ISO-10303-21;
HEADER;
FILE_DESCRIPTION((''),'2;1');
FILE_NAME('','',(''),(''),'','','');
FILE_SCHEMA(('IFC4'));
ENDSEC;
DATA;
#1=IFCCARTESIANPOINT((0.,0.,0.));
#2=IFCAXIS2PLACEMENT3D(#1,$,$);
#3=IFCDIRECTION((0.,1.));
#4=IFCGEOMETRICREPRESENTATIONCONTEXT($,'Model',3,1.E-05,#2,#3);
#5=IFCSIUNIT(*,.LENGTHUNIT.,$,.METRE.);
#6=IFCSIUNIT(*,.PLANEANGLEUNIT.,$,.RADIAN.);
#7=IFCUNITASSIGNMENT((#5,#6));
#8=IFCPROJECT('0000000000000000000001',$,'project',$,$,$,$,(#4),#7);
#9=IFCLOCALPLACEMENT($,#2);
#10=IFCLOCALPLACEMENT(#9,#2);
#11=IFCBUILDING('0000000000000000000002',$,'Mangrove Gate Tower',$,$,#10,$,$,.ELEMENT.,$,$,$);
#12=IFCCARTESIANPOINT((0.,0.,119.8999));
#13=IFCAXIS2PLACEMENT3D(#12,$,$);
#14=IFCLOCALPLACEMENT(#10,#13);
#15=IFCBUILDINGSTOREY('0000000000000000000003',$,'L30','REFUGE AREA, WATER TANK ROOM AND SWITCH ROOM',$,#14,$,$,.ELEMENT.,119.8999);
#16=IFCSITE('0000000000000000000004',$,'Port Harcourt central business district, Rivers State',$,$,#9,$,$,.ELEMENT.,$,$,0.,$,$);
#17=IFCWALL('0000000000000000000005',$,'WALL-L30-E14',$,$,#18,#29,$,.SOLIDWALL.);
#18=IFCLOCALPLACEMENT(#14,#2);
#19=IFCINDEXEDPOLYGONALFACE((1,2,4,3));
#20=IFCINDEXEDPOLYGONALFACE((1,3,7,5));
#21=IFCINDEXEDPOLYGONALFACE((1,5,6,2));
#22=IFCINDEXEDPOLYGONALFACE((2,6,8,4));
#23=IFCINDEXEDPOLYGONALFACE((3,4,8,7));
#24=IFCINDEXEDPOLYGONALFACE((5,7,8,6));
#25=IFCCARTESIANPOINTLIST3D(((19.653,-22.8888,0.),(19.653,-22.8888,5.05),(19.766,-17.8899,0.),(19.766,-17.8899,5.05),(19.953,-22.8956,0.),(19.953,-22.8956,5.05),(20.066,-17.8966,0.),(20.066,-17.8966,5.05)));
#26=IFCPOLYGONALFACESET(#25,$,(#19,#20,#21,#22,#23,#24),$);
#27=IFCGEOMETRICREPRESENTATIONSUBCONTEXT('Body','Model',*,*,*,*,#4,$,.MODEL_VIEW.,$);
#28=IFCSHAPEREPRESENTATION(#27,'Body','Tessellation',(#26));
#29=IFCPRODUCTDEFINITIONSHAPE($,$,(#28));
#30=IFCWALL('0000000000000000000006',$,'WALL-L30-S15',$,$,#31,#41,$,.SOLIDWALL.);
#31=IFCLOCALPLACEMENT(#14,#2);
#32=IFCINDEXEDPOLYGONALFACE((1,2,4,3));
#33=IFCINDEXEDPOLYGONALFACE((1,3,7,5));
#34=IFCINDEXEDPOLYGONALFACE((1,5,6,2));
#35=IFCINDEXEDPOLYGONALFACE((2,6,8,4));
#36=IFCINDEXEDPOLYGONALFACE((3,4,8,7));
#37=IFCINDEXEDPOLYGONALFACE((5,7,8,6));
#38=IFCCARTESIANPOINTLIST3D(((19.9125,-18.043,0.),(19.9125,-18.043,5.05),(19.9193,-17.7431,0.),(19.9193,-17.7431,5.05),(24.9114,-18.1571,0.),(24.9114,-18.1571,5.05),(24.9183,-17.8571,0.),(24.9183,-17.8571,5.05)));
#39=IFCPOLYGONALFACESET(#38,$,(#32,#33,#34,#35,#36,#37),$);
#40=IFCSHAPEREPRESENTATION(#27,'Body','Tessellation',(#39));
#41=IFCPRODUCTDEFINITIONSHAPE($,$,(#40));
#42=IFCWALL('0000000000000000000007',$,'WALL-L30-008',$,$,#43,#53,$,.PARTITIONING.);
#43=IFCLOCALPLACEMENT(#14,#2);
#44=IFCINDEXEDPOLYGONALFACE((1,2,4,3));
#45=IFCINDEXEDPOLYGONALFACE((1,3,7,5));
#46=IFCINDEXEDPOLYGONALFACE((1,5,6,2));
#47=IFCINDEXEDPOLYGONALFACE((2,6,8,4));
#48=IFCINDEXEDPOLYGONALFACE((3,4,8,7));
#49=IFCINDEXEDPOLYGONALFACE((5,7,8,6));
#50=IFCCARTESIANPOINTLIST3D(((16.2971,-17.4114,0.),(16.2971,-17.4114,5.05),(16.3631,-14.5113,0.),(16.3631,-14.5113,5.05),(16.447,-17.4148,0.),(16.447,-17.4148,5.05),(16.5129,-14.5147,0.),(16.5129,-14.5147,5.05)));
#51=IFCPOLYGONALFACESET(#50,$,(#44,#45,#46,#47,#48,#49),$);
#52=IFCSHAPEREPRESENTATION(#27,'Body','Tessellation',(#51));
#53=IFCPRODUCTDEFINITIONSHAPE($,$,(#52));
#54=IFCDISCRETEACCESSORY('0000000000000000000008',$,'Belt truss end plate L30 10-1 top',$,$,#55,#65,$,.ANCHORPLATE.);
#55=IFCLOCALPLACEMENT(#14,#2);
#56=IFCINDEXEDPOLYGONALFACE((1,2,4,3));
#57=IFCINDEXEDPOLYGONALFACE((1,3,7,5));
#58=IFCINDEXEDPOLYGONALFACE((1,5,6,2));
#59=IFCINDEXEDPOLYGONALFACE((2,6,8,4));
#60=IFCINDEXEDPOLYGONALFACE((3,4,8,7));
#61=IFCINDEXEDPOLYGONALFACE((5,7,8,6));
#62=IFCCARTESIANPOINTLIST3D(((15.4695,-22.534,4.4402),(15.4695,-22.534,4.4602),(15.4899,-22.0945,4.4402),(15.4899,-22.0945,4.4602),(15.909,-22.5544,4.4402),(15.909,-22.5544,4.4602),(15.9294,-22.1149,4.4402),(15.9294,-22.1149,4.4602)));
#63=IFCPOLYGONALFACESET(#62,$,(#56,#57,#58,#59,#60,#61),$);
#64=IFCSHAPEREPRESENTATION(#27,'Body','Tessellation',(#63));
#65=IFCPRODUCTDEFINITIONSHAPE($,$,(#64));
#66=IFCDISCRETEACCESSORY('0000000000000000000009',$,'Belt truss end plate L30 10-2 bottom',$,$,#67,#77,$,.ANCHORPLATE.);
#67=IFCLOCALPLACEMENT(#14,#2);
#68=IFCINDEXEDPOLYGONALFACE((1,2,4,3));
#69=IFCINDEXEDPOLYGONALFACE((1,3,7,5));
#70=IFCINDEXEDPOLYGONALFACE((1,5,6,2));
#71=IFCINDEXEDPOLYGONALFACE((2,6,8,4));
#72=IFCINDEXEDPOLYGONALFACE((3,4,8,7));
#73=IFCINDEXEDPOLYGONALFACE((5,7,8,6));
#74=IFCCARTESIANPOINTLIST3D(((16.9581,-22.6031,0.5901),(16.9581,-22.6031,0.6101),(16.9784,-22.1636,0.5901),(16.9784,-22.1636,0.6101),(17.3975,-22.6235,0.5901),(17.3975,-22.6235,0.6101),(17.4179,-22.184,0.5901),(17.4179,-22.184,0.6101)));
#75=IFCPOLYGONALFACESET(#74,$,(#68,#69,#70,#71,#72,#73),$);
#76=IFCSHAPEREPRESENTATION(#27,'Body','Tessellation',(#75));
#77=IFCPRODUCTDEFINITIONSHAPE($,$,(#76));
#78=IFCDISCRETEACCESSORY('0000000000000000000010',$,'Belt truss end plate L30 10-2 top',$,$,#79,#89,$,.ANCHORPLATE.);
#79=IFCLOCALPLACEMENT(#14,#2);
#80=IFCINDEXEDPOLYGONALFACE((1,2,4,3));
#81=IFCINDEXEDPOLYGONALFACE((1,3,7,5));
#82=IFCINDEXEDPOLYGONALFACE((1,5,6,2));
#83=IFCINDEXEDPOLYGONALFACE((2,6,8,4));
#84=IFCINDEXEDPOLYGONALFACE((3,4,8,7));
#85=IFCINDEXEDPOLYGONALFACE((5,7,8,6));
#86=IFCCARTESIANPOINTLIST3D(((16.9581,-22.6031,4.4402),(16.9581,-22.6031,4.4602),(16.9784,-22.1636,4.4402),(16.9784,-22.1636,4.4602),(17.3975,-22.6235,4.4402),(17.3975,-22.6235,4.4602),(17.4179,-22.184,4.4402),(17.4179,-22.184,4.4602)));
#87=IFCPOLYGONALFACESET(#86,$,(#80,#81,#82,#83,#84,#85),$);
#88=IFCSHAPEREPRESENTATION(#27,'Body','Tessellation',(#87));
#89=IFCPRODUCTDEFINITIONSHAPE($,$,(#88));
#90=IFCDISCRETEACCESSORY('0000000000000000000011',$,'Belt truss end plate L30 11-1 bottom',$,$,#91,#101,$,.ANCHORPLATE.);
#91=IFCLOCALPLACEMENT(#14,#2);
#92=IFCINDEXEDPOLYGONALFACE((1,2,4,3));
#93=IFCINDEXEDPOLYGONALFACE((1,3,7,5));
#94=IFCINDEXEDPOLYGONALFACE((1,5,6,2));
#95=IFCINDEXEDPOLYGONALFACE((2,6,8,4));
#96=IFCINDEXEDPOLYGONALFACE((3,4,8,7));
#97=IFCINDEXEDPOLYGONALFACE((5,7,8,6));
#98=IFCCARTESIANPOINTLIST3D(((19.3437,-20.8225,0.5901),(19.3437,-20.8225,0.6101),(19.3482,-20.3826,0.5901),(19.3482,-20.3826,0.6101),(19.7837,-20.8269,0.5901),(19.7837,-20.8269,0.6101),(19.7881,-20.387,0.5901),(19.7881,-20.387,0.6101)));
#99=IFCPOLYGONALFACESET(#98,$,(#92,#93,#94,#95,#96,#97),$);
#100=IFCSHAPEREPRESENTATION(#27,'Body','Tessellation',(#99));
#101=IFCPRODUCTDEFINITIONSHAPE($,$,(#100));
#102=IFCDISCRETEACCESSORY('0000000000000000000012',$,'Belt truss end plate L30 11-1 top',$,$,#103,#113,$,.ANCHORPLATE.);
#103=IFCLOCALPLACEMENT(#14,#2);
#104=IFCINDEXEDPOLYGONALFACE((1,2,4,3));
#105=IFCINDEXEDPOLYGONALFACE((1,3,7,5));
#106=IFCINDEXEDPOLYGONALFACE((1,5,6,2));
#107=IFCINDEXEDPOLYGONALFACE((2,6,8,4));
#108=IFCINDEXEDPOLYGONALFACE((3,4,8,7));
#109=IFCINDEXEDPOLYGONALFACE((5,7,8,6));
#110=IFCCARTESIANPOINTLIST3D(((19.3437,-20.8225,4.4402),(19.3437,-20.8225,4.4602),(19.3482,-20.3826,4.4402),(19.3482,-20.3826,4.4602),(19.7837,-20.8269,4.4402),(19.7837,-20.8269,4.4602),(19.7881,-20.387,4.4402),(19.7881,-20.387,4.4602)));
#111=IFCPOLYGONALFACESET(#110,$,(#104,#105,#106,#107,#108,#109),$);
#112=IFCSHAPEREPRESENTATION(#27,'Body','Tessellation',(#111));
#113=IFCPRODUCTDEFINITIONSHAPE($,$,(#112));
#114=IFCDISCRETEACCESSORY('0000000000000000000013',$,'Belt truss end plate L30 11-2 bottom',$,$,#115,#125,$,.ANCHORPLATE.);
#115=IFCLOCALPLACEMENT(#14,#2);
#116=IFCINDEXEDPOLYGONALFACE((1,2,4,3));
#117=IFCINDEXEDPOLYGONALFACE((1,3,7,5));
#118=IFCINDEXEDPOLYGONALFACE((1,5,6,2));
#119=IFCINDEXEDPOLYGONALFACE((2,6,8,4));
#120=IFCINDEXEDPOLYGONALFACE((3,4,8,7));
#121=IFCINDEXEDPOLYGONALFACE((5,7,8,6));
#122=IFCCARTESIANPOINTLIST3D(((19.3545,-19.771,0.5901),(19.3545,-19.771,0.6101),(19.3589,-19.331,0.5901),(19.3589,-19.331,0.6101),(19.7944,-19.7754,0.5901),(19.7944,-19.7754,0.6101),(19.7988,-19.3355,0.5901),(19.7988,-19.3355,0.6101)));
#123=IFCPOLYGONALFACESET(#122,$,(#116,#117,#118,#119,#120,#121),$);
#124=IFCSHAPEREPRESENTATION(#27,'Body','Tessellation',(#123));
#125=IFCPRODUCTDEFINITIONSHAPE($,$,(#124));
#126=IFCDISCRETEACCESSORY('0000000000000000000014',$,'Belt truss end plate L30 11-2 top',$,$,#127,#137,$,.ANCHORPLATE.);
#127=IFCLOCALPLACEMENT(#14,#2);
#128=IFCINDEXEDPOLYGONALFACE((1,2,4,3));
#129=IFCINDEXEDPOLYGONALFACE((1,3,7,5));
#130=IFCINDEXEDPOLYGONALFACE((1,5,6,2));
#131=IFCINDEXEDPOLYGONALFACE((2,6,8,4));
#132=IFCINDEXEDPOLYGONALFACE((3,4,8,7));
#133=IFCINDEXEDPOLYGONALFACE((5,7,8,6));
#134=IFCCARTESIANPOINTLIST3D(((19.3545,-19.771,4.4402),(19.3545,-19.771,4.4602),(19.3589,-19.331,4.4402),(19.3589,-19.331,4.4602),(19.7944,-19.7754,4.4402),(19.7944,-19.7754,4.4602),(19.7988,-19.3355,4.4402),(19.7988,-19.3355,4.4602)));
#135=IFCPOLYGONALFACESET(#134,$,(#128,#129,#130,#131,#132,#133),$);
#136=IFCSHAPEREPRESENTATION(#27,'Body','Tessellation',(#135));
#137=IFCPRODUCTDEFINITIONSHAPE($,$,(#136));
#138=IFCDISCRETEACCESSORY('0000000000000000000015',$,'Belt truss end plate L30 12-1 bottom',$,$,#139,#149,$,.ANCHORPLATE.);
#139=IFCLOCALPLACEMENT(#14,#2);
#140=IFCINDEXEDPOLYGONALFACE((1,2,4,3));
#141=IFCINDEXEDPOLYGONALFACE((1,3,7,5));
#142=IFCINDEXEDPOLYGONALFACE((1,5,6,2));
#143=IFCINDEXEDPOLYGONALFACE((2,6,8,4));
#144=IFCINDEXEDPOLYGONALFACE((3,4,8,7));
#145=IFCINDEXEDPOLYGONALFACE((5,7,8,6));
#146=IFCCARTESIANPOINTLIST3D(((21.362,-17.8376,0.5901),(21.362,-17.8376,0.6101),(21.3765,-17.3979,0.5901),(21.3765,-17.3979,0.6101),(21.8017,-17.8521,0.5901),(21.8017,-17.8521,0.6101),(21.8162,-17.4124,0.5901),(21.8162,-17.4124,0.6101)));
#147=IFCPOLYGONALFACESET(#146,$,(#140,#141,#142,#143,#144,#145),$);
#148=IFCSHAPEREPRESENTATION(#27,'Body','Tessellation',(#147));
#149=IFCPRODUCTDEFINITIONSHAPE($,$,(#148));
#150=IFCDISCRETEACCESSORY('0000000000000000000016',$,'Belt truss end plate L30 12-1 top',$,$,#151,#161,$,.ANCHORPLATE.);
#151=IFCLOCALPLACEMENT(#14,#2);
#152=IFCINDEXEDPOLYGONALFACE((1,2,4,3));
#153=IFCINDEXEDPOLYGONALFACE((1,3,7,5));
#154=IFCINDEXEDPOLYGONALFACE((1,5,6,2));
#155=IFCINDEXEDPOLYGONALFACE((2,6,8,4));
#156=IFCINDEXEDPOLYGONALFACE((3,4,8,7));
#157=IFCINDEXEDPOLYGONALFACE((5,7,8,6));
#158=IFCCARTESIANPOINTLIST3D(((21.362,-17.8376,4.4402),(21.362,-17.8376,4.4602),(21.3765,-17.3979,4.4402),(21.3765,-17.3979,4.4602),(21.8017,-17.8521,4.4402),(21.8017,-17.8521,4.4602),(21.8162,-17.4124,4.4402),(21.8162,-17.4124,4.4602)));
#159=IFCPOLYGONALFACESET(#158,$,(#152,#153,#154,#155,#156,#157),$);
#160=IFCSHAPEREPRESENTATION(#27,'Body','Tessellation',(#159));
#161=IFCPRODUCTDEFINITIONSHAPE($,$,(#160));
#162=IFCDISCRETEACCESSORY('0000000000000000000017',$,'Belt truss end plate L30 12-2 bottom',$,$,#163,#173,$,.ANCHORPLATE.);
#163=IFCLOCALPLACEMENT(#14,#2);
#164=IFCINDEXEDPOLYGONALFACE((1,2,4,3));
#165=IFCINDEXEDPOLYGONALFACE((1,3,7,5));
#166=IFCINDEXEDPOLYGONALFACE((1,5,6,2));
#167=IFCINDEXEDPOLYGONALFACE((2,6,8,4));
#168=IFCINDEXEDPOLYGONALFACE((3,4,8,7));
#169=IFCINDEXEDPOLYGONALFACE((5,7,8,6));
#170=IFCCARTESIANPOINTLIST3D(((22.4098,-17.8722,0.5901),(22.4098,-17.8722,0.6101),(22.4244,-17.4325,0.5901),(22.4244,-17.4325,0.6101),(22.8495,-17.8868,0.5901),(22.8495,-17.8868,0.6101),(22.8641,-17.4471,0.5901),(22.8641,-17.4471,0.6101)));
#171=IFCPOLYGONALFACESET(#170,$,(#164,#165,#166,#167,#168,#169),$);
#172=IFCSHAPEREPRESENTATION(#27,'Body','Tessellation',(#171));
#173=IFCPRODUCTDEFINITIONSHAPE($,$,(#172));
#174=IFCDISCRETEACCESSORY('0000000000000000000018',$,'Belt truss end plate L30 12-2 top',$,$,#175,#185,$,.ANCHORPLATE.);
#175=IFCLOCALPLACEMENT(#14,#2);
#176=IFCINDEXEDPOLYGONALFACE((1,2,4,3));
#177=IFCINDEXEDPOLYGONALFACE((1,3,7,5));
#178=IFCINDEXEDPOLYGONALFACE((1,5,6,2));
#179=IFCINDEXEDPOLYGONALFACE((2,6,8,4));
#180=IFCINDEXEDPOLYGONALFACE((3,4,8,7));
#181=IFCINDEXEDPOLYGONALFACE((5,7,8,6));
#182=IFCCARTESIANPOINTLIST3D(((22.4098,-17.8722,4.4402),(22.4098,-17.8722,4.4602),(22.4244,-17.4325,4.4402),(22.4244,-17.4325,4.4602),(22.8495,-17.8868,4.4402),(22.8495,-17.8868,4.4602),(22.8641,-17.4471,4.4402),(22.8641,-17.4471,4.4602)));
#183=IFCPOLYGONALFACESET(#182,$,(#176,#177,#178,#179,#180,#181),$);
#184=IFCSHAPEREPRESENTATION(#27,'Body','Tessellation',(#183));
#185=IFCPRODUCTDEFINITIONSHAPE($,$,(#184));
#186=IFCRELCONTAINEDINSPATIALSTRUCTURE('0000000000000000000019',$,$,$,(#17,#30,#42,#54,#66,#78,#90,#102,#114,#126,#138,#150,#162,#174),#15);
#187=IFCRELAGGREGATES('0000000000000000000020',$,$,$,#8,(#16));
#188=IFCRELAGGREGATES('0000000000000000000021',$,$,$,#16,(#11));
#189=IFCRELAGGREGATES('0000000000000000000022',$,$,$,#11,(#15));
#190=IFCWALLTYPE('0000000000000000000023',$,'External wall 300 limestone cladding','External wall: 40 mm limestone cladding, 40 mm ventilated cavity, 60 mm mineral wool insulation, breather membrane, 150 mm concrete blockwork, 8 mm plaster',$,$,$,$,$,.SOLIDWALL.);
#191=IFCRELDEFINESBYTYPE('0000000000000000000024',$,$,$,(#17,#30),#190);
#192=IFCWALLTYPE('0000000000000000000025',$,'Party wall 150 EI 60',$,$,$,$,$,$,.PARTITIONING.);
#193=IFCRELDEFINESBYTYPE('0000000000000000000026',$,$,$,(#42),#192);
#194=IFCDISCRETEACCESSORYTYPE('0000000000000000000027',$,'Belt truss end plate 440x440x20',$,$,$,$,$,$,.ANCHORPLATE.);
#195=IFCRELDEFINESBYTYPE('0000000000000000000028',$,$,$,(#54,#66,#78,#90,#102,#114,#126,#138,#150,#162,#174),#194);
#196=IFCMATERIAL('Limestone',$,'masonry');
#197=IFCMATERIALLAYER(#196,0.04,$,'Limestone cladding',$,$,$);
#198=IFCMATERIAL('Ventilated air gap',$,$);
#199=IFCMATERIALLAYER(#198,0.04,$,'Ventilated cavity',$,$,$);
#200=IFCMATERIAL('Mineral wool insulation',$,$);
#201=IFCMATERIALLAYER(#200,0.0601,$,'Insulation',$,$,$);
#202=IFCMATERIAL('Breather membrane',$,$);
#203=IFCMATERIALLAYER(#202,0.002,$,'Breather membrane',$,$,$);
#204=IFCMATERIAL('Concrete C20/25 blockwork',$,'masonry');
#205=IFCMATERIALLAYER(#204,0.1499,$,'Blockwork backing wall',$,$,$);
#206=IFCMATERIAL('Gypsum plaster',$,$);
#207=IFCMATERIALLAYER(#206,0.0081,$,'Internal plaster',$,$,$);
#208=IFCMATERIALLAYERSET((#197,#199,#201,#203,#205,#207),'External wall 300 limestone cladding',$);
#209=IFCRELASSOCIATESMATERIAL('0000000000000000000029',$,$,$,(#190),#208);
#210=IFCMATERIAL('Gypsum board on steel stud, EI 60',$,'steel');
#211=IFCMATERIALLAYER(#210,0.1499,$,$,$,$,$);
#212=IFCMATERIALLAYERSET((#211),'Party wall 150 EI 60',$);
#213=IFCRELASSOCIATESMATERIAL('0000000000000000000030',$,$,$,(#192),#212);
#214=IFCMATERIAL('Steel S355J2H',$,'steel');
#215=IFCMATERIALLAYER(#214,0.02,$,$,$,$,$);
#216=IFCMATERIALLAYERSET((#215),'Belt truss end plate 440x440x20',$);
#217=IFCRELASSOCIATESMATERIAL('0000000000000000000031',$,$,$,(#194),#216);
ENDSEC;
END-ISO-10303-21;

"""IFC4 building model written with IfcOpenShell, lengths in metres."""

from ifc_helpers import new_model, si_unit, direction, frame, frame_2d, origin, origin_2d, place, context, subcontext, project, spatial, rectangle, extrude, material, layer, layer_set, type_object, element, save


model = new_model("IFC4")

# Units and contexts
model_context = context("Model", 3, precision=1e-05, world=origin(), true_north=direction((0.0, 1.0)))
body_context = subcontext(model_context, "Body", "Model", "MODEL_VIEW")
ifc_project = project(units=[si_unit("LENGTHUNIT", "METRE"), si_unit("PLANEANGLEUNIT", "RADIAN")], contexts=[model_context])

# Site, building, storey
site_placement = place(None, origin())
site = spatial("IfcSite", under=ifc_project, at=site_placement, Name="Port Harcourt central business district, Rivers State", CompositionType="ELEMENT", RefElevation=0.0)
building_placement = place(site_placement, origin())
building = spatial("IfcBuilding", under=site, at=building_placement, Name="Mangrove Gate Tower", CompositionType="ELEMENT")
storey_placement = place(building_placement, frame((0.0, 0.0, 119.8999)))
storey = spatial("IfcBuildingStorey", under=building, at=storey_placement, Name="L30", Description="REFUGE AREA, WATER TANK ROOM AND SWITCH ROOM", CompositionType="ELEMENT", Elevation=119.8999)

# Walls
ifc_material_1 = material(Name="Limestone", Category="masonry")
ifc_layer_1 = layer(ifc_material_1, 0.04, Name="Limestone cladding")
ifc_material_2 = material(Name="Ventilated air gap")
ifc_layer_2 = layer(ifc_material_2, 0.04, Name="Ventilated cavity")
ifc_material_3 = material(Name="Mineral wool insulation")
ifc_layer_3 = layer(ifc_material_3, 0.0601, Name="Insulation")
ifc_material_4 = material(Name="Breather membrane")
ifc_layer_4 = layer(ifc_material_4, 0.002, Name="Breather membrane")
ifc_material_5 = material(Name="Concrete C20/25 blockwork", Category="masonry")
ifc_layer_5 = layer(ifc_material_5, 0.1499, Name="Blockwork backing wall")
ifc_material_6 = material(Name="Gypsum plaster")
ifc_layer_6 = layer(ifc_material_6, 0.0081, Name="Internal plaster")
ifc_layer_set_1 = layer_set([ifc_layer_1, ifc_layer_2, ifc_layer_3, ifc_layer_4, ifc_layer_5, ifc_layer_6], Name="External wall 300 limestone cladding")
wall_type_1 = type_object("IfcWallType", Name="External wall 300 limestone cladding", Description="External wall: 40 mm limestone cladding, 40 mm ventilated cavity, 60 mm mineral wool insulation, breather membrane, 150 mm concrete blockwork, 8 mm plaster", PredefinedType="SOLIDWALL", material=ifc_layer_set_1)
for number, where, z_axis, x_axis, name in (
    (1, (19.803, -22.8921, 0.0), (0.0, 0.0, 1.0), (0.022606, 0.999744, 0.0), "WALL-L30-E14"),
    (2, (19.916, -17.8931, 0.0), (0.0, 0.0, 1.0), (0.99974, -0.022801, 0.0), "WALL-L30-S15"),
):
    element("IfcWall", number, at=place(storey_placement, frame(where, z_axis=z_axis, x_axis=x_axis)), inside=storey, type_object=wall_type_1, Name=name, PredefinedType="SOLIDWALL", context=body_context, shape_type="SweptSolid", body=[
        extrude(rectangle(XDim=5.0002, YDim=0.3, at=frame_2d((2.5, 0.0))), origin(), (0.0, 0.0, 1.0), 5.05),
    ])
ifc_material_7 = material(Name="Gypsum board on steel stud, EI 60", Category="steel")
ifc_layer_7 = layer(ifc_material_7, 0.1499)
ifc_layer_set_2 = layer_set([ifc_layer_7], Name="Party wall 150 EI 60")
wall_type_2 = type_object("IfcWallType", Name="Party wall 150 EI 60", PredefinedType="PARTITIONING", material=ifc_layer_set_2)
wall_1_placement = place(storey_placement, frame((16.3721, -17.4131, 0.0), z_axis=(0.0, 0.0, 1.0), x_axis=(0.022723, 0.999742, 0.0)))
element("IfcWall", 3, at=wall_1_placement, inside=storey, type_object=wall_type_2, Name="WALL-L30-008", PredefinedType="PARTITIONING", context=body_context, shape_type="SweptSolid", body=[
    extrude(rectangle(XDim=2.9009, YDim=0.1499, at=frame_2d((1.4504, 0.0))), origin(), (0.0, 0.0, 1.0), 5.05),
])

# Discrete accessories
ifc_material_8 = material(Name="Steel S355J2H", Category="steel")
ifc_layer_8 = layer(ifc_material_8, 0.02)
ifc_layer_set_3 = layer_set([ifc_layer_8], Name="Belt truss end plate 440x440x20")
discrete_accessory_type = type_object("IfcDiscreteAccessoryType", Name="Belt truss end plate 440x440x20", PredefinedType="ANCHORPLATE", material=ifc_layer_set_3)
for number, where, z_axis, x_axis, name in (
    (4, (15.6995, -22.3245, 4.4402), (0.0, 0.0, 1.0), (0.998927, -0.046313, 0.0), "Belt truss end plate L30 10-1 top"),
    (5, (17.188, -22.3936, 0.5901), (0.0, 0.0, 1.0), (0.998927, -0.046313, 0.0), "Belt truss end plate L30 10-2 bottom"),
    (6, (17.188, -22.3936, 4.4402), (0.0, 0.0, 1.0), (0.998927, -0.046313, 0.0), "Belt truss end plate L30 10-2 top"),
    (7, (19.5659, -20.6047, 0.5901), (0.0, 0.0, 1.0), (0.010066, 0.999949, 0.0), "Belt truss end plate L30 11-1 bottom"),
    (8, (19.5659, -20.6047, 4.4402), (0.0, 0.0, 1.0), (0.010066, 0.999949, 0.0), "Belt truss end plate L30 11-1 top"),
    (9, (19.5767, -19.5532, 0.5901), (0.0, 0.0, 1.0), (0.010066, 0.999949, 0.0), "Belt truss end plate L30 11-2 bottom"),
    (10, (19.5767, -19.5532, 4.4402), (0.0, 0.0, 1.0), (0.010066, 0.999949, 0.0), "Belt truss end plate L30 11-2 top"),
    (11, (21.5891, -17.625, 0.5901), (0.0, 0.0, 1.0), (0.999452, -0.033111, 0.0), "Belt truss end plate L30 12-1 bottom"),
    (12, (21.5891, -17.625, 4.4402), (0.0, 0.0, 1.0), (0.999452, -0.033111, 0.0), "Belt truss end plate L30 12-1 top"),
    (13, (22.637, -17.6597, 0.5901), (0.0, 0.0, 1.0), (0.999452, -0.033111, 0.0), "Belt truss end plate L30 12-2 bottom"),
    (14, (22.637, -17.6597, 4.4402), (0.0, 0.0, 1.0), (0.999452, -0.033111, 0.0), "Belt truss end plate L30 12-2 top"),
):
    element("IfcDiscreteAccessory", number, at=place(storey_placement, frame(where, z_axis=z_axis, x_axis=x_axis)), inside=storey, type_object=discrete_accessory_type, Name=name, PredefinedType="ANCHORPLATE", context=body_context, shape_type="SweptSolid", body=[
        extrude(rectangle(XDim=0.4399, YDim=0.4399, at=origin_2d()), origin(), (0.0, 0.0, 1.0), 0.02),
    ])

save(model, "model.ifc")
